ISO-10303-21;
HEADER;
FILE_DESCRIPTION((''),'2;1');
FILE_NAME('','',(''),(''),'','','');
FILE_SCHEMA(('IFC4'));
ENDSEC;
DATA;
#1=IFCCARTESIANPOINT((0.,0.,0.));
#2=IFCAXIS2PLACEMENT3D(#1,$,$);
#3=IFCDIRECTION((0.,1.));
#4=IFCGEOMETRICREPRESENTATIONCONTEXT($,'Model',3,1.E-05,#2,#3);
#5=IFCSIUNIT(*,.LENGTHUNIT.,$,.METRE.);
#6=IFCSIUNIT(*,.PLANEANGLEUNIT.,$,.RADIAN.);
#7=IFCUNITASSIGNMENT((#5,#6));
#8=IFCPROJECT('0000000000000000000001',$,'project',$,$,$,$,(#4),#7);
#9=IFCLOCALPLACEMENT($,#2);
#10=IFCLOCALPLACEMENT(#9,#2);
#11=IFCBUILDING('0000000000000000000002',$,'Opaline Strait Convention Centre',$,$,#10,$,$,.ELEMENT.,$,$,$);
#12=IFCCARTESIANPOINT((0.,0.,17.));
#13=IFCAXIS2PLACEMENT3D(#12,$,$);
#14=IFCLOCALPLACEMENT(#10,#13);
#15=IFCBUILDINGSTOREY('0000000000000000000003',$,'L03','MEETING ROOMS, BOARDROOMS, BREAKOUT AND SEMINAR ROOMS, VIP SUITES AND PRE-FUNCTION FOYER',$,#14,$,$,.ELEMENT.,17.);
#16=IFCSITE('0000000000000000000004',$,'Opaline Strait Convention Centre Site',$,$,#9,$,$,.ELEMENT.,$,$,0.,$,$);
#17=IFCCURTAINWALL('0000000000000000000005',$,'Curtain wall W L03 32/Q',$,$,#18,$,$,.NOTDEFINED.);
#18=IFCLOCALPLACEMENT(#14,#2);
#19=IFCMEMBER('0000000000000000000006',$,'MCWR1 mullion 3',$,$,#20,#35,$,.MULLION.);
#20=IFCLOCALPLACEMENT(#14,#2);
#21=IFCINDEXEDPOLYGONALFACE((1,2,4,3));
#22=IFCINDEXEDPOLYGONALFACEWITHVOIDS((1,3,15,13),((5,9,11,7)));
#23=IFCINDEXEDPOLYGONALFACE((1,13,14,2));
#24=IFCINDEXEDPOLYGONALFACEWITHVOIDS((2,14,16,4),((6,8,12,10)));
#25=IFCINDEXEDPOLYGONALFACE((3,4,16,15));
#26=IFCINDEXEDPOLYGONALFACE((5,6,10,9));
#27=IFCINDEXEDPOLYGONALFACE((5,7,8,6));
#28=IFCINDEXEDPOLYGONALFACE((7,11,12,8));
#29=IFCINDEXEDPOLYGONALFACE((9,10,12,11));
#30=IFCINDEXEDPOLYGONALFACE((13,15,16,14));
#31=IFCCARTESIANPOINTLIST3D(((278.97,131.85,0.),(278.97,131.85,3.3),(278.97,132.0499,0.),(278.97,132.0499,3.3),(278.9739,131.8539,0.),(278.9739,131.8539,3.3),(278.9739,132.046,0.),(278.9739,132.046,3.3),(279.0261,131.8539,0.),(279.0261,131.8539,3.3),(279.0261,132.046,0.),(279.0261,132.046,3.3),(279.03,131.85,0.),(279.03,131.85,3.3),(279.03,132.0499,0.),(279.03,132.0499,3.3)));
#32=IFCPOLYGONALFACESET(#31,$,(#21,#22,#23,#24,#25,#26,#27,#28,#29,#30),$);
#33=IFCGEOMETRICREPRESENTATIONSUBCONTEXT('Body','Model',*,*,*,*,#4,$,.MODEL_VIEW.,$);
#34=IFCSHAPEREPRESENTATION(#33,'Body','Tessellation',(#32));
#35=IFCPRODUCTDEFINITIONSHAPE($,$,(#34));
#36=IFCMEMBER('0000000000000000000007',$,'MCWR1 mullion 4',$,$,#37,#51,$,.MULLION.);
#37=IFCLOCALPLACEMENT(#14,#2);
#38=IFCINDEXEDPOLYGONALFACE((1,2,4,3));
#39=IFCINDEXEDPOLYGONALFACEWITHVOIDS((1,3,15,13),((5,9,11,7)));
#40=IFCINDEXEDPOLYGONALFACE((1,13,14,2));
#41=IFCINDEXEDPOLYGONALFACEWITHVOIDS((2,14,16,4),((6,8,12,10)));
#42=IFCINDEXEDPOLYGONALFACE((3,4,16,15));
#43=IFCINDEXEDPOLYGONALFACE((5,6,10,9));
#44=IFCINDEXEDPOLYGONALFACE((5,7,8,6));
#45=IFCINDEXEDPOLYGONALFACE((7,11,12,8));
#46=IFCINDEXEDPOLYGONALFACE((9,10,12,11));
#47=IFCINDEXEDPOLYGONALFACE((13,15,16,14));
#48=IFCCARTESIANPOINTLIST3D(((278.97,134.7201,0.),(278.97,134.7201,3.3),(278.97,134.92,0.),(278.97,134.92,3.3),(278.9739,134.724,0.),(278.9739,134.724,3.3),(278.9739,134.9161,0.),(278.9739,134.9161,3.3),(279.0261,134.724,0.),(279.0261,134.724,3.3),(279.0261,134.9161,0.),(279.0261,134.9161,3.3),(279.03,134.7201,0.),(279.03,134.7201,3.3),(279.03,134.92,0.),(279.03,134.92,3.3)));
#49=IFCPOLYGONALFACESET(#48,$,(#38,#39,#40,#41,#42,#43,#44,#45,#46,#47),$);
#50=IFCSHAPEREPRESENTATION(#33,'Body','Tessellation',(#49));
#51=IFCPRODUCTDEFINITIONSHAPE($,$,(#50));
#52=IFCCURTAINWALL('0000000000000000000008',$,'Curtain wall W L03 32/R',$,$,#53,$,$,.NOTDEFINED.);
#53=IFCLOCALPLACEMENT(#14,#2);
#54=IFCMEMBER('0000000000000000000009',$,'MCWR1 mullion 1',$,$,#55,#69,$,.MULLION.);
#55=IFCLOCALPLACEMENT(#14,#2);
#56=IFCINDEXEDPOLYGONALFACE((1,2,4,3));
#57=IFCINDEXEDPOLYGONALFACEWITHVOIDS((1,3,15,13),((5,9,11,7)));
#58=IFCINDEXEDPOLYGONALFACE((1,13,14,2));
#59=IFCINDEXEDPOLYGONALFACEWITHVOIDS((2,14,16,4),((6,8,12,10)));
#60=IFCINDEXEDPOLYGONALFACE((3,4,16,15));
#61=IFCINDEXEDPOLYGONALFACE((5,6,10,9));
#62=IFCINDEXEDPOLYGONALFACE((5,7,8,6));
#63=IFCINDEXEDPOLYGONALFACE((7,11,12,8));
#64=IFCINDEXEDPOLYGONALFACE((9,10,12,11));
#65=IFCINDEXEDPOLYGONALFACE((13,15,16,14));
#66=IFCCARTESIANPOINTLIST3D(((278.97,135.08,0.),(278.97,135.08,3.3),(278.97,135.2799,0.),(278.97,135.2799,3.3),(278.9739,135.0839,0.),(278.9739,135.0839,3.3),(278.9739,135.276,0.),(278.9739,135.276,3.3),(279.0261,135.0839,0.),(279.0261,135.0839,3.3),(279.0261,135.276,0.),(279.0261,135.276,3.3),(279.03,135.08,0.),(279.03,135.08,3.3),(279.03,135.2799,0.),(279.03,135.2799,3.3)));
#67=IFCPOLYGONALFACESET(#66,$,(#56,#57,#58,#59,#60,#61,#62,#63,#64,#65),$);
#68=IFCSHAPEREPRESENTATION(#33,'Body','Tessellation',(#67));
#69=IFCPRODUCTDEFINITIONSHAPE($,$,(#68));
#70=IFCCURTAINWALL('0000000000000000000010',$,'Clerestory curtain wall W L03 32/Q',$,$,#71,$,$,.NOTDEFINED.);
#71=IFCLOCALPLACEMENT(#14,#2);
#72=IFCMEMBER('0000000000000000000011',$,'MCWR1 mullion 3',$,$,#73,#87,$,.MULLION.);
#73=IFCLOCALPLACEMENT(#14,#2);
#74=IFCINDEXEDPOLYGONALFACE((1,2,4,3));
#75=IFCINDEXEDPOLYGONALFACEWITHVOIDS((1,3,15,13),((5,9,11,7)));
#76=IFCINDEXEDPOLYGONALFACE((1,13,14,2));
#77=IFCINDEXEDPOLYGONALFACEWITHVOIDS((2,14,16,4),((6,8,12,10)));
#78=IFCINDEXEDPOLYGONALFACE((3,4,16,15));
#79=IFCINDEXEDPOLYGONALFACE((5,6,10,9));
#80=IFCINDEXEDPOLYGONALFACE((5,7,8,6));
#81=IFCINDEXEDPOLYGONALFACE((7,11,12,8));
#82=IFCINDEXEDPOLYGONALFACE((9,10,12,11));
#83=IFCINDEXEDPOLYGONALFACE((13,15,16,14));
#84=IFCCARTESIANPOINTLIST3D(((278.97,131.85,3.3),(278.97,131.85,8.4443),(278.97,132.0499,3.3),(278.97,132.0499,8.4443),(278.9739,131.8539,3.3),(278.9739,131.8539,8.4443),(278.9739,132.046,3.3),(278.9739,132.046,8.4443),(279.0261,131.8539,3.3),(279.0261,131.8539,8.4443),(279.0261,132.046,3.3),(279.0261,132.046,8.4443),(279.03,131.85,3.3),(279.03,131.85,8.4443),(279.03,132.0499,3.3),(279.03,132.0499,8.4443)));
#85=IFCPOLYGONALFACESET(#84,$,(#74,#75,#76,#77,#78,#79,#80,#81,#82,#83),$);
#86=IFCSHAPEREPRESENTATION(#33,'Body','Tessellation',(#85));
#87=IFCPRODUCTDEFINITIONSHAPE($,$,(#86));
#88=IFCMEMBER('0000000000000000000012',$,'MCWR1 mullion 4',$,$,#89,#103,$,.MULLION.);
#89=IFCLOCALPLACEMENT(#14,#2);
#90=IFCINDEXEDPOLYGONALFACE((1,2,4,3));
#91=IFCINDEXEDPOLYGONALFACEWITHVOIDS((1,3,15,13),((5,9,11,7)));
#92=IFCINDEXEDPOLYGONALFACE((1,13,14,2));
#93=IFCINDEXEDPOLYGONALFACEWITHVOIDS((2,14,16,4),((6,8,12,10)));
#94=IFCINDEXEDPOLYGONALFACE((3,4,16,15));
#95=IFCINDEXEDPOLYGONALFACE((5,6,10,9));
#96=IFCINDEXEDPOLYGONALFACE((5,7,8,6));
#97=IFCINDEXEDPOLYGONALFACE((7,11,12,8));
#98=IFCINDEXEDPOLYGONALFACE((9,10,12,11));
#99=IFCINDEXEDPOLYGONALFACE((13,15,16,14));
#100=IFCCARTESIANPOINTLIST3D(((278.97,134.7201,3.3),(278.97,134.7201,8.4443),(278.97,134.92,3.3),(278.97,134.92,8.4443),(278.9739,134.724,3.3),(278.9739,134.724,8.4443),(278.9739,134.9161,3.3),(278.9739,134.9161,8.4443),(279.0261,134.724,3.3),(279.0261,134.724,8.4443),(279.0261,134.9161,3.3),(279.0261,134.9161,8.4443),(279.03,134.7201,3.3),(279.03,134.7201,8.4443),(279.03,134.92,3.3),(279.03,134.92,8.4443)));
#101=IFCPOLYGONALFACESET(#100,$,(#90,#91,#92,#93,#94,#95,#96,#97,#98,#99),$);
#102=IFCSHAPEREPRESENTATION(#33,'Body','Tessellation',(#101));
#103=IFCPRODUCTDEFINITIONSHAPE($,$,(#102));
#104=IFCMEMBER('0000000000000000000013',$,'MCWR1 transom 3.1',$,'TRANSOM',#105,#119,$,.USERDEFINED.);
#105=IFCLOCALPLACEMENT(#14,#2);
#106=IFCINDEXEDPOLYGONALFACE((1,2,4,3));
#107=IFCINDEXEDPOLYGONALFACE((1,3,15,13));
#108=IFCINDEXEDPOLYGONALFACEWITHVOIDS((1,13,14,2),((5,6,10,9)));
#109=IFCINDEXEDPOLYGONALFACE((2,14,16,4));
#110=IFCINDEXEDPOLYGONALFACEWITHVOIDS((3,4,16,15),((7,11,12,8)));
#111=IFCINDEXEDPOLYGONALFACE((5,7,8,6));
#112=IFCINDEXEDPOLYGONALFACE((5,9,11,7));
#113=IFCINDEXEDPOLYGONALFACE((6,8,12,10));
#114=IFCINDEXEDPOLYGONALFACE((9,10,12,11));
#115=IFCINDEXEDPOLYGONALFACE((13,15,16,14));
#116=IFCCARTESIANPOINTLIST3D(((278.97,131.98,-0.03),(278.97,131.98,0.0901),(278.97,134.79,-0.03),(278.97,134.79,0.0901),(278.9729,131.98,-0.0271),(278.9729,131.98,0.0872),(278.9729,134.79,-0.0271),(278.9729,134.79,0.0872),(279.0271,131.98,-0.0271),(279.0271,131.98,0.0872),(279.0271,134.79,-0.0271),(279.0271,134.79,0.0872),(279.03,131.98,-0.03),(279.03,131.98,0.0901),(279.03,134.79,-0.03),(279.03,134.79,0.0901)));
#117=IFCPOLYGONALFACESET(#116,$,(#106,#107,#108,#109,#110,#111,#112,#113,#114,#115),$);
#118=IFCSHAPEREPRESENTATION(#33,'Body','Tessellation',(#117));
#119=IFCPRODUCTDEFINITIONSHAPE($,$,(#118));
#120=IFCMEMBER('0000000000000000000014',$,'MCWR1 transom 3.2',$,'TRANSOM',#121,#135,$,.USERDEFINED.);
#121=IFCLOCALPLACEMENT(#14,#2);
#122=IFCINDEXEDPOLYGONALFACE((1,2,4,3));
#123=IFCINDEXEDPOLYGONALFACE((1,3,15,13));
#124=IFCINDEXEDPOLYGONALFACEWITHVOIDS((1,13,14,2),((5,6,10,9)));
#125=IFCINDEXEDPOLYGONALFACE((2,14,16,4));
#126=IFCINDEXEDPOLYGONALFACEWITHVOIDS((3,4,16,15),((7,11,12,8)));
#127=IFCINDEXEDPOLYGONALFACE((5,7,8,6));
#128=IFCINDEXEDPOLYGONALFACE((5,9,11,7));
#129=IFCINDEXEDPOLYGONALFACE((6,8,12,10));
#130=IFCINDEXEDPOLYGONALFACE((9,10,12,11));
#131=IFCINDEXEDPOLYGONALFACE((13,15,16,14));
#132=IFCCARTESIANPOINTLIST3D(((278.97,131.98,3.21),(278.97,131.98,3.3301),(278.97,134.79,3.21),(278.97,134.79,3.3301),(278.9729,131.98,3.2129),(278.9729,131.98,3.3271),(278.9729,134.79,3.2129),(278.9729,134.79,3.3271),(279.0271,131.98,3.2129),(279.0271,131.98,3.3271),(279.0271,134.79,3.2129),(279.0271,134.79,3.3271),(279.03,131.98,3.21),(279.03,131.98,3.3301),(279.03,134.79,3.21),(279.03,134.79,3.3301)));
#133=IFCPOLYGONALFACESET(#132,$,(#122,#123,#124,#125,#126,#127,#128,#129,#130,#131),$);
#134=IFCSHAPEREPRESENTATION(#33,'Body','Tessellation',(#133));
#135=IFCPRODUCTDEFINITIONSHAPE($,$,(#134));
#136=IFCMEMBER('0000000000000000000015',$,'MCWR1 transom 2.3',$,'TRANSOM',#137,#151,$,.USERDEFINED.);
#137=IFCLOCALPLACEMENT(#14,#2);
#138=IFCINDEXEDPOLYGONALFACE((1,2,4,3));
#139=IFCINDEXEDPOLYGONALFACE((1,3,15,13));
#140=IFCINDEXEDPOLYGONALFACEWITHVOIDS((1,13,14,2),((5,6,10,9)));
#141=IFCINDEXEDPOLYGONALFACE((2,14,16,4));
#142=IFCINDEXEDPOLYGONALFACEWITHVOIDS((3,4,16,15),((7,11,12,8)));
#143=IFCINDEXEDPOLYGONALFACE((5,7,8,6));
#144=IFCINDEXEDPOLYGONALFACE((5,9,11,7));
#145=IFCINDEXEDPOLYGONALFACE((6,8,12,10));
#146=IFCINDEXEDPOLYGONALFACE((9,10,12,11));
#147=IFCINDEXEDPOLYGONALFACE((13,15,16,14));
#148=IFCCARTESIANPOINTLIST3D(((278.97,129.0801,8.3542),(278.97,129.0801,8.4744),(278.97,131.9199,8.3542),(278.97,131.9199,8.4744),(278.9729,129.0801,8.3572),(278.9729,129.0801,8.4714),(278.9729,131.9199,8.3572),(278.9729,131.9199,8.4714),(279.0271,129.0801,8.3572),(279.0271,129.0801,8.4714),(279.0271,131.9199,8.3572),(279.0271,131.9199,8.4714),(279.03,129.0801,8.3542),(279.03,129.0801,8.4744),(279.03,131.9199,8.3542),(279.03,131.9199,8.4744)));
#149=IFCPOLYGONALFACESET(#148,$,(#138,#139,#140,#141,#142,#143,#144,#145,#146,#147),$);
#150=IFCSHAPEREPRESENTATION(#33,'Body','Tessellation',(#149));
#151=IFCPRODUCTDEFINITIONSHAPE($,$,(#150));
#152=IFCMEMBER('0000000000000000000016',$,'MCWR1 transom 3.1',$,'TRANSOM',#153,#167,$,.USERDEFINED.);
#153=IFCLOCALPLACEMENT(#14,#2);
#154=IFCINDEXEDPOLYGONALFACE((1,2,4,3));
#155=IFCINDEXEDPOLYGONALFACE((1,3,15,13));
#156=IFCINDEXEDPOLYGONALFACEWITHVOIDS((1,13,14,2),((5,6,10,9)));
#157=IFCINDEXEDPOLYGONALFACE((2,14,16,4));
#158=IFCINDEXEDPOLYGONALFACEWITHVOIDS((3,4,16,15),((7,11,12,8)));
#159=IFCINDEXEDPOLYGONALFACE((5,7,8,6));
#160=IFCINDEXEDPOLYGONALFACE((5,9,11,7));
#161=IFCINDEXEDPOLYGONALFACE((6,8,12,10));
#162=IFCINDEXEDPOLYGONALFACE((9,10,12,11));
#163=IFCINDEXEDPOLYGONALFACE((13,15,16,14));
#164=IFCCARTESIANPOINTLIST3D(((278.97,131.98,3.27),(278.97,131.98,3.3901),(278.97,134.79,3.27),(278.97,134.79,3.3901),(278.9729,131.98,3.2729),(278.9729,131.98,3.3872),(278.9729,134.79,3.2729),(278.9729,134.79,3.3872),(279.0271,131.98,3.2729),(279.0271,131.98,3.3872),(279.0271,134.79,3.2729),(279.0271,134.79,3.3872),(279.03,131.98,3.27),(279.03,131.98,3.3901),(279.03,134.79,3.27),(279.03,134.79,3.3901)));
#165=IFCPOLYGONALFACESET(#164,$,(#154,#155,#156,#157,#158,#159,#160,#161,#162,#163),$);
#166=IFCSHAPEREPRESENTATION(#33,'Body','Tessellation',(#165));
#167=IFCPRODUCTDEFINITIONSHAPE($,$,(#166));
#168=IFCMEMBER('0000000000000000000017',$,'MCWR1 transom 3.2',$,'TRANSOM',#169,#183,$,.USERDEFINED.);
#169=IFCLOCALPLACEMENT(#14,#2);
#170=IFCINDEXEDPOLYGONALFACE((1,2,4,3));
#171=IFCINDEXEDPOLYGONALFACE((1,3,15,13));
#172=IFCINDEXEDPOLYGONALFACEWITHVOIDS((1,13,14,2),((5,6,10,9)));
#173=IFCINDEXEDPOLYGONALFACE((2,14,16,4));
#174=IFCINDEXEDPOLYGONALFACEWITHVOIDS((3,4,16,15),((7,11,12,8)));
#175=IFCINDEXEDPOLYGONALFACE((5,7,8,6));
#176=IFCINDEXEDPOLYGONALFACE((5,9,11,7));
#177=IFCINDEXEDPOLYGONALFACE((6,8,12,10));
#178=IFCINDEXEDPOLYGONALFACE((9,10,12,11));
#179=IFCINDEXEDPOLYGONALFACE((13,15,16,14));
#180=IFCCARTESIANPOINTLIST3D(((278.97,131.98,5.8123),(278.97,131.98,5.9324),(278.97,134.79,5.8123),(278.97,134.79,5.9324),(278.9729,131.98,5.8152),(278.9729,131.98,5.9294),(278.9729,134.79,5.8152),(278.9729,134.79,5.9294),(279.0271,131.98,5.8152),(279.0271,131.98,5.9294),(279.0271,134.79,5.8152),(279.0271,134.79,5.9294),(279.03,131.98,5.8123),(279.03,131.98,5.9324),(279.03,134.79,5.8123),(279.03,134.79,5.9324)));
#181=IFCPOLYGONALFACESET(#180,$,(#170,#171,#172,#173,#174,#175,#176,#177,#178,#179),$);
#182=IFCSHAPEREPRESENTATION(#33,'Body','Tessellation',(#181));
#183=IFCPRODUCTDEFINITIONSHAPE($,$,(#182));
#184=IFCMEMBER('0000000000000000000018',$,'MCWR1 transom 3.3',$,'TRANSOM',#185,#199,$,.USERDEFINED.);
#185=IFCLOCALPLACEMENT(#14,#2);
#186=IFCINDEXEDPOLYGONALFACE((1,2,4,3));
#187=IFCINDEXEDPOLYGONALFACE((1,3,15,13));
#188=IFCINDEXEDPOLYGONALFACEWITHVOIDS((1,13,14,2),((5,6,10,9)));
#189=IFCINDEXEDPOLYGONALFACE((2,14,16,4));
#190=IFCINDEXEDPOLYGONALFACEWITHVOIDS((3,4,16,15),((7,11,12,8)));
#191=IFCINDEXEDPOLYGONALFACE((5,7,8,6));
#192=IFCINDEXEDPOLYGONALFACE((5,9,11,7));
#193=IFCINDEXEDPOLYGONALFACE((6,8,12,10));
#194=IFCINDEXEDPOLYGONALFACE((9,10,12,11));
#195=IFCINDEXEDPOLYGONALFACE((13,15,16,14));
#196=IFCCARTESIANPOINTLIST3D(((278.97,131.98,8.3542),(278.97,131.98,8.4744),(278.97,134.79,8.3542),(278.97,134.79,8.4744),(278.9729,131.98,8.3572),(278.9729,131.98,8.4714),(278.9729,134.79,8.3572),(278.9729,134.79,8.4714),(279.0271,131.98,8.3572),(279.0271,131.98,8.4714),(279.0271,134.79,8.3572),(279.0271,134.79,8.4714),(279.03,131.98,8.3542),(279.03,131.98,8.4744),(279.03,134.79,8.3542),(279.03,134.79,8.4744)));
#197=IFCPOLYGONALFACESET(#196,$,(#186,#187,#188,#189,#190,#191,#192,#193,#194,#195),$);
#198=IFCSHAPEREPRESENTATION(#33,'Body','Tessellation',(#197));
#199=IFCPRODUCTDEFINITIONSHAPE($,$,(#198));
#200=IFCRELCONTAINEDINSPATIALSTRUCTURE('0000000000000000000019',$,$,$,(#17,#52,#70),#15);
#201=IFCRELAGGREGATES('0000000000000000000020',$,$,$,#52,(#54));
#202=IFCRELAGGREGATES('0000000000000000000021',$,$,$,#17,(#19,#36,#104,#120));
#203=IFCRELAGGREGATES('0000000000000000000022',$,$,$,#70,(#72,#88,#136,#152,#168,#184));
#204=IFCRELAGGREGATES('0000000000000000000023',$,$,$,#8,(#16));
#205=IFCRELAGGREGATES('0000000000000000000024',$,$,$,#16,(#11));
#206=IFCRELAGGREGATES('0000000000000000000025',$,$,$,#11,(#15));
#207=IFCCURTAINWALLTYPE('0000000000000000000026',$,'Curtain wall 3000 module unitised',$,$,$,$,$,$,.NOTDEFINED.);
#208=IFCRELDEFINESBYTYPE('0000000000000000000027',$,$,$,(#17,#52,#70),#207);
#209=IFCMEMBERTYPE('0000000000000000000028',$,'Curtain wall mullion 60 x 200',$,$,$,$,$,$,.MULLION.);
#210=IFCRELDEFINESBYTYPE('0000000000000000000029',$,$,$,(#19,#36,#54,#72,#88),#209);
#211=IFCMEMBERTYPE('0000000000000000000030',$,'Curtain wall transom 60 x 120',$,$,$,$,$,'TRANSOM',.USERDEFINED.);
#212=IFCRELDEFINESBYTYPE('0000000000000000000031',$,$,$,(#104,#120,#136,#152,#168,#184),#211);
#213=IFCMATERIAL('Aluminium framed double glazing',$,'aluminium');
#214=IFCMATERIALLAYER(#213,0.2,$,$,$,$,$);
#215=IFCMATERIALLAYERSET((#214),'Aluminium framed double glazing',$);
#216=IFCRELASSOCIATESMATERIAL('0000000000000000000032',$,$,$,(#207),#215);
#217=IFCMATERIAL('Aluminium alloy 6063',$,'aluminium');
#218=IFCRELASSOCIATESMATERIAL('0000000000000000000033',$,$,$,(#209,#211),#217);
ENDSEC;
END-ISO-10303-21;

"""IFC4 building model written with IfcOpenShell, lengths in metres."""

from ifc_helpers import new_model, si_unit, direction, frame, origin, origin_2d, place, context, subcontext, project, spatial, hollow_rectangle, extrude, material, layer, layer_set, material_profile, profile_set, type_object, element, aggregate, save


model = new_model("IFC4")

# Units and contexts
model_context = context("Model", 3, precision=1e-05, world=origin(), true_north=direction((0.0, 1.0)))
body_context = subcontext(model_context, "Body", "Model", "MODEL_VIEW")
ifc_project = project(units=[si_unit("LENGTHUNIT", "METRE"), si_unit("PLANEANGLEUNIT", "RADIAN")], contexts=[model_context])

# Site, building, storey
site_placement = place(None, origin())
site = spatial("IfcSite", under=ifc_project, at=site_placement, Name="Opaline Strait Convention Centre Site", CompositionType="ELEMENT", RefElevation=0.0)
building_placement = place(site_placement, origin())
building = spatial("IfcBuilding", under=site, at=building_placement, Name="Opaline Strait Convention Centre", CompositionType="ELEMENT")
storey_placement = place(building_placement, frame((0.0, 0.0, 17.0)))
storey = spatial("IfcBuildingStorey", under=building, at=storey_placement, Name="L03", Description="MEETING ROOMS, BOARDROOMS, BREAKOUT AND SEMINAR ROOMS, VIP SUITES AND PRE-FUNCTION FOYER", CompositionType="ELEMENT", Elevation=17.0)

# Curtain wall, members
ifc_material_1 = material(Name="Aluminium framed double glazing", Category="aluminium")
ifc_layer_1 = layer(ifc_material_1, 0.2)
ifc_layer_set_1 = layer_set([ifc_layer_1], Name="Aluminium framed double glazing")
curtain_wall_type = type_object("IfcCurtainWallType", Name="Curtain wall 3000 module unitised", PredefinedType="NOTDEFINED", material=ifc_layer_set_1)
curtain_wall_1_placement = place(storey_placement, origin())
curtain_wall_1 = element("IfcCurtainWall", 1, at=curtain_wall_1_placement, inside=storey, type_object=curtain_wall_type, Name="Curtain wall W L03 32/Q", PredefinedType="NOTDEFINED")
ifc_material_2 = material(Name="Aluminium alloy 6063", Category="aluminium")
ifc_material_profile_1 = material_profile(ifc_material_2, hollow_rectangle(XDim=0.0601, YDim=0.2, WallThickness=0.0039, at=origin_2d()), Name="MULLION 60x200x4")
ifc_profile_set_1 = profile_set([ifc_material_profile_1], Name="Aluminium alloy 6063")
member_type_1 = type_object("IfcMemberType", Name="Curtain wall mullion 60 x 200", PredefinedType="MULLION", material=ifc_profile_set_1)
member_1_placement = place(storey_placement, frame((279.0, 131.95, 0.0), z_axis=(0.0, 0.0, 1.0), x_axis=(-1.0, 0.0, 0.0)))
member_1 = element("IfcMember", 2, at=member_1_placement, type_object=member_type_1, Name="MCWR1 mullion 3", PredefinedType="MULLION", context=body_context, shape_type="SweptSolid", body=[
    extrude(hollow_rectangle(XDim=0.0601, YDim=0.2, WallThickness=0.0039, at=origin_2d()), origin(), (0.0, 0.0, 1.0), 3.3),
])
member_2_placement = place(storey_placement, frame((279.0, 134.8201, 0.0), z_axis=(0.0, 0.0, 1.0), x_axis=(-1.0, 0.0, 0.0)))
member_2 = element("IfcMember", 3, at=member_2_placement, type_object=member_type_1, Name="MCWR1 mullion 4", PredefinedType="MULLION", context=body_context, shape_type="SweptSolid", body=[
    extrude(hollow_rectangle(XDim=0.0601, YDim=0.2, WallThickness=0.0039, at=origin_2d()), origin(), (0.0, 0.0, 1.0), 3.3),
])

# Curtain wall, member
curtain_wall_2_placement = place(storey_placement, origin())
curtain_wall_2 = element("IfcCurtainWall", 4, at=curtain_wall_2_placement, inside=storey, type_object=curtain_wall_type, Name="Curtain wall W L03 32/R", PredefinedType="NOTDEFINED")
member_3_placement = place(storey_placement, frame((279.0, 135.1799, 0.0), z_axis=(0.0, 0.0, 1.0), x_axis=(-1.0, 0.0, 0.0)))
member_3 = element("IfcMember", 5, at=member_3_placement, type_object=member_type_1, Name="MCWR1 mullion 1", PredefinedType="MULLION", context=body_context, shape_type="SweptSolid", body=[
    extrude(hollow_rectangle(XDim=0.0601, YDim=0.2, WallThickness=0.0039, at=origin_2d()), origin(), (0.0, 0.0, 1.0), 3.3),
])
aggregate(curtain_wall_2, [member_3])

# Curtain wall, members
curtain_wall_3_placement = place(storey_placement, origin())
curtain_wall_3 = element("IfcCurtainWall", 6, at=curtain_wall_3_placement, inside=storey, type_object=curtain_wall_type, Name="Clerestory curtain wall W L03 32/Q", PredefinedType="NOTDEFINED")
member_4_placement = place(storey_placement, frame((279.0, 131.95, 3.3), z_axis=(0.0, 0.0, 1.0), x_axis=(-1.0, 0.0, 0.0)))
member_4 = element("IfcMember", 7, at=member_4_placement, type_object=member_type_1, Name="MCWR1 mullion 3", PredefinedType="MULLION", context=body_context, shape_type="SweptSolid", body=[
    extrude(hollow_rectangle(XDim=0.0601, YDim=0.2, WallThickness=0.0039, at=origin_2d()), origin(), (0.0, 0.0, 1.0), 5.1443),
])
member_5_placement = place(storey_placement, frame((279.0, 134.8201, 3.3), z_axis=(0.0, 0.0, 1.0), x_axis=(-1.0, 0.0, 0.0)))
member_5 = element("IfcMember", 8, at=member_5_placement, type_object=member_type_1, Name="MCWR1 mullion 4", PredefinedType="MULLION", context=body_context, shape_type="SweptSolid", body=[
    extrude(hollow_rectangle(XDim=0.0601, YDim=0.2, WallThickness=0.0039, at=origin_2d()), origin(), (0.0, 0.0, 1.0), 5.1443),
])

# Members
ifc_material_profile_2 = material_profile(ifc_material_2, hollow_rectangle(XDim=0.0601, YDim=0.1201, WallThickness=0.0029, at=origin_2d()), Name="TRANSOM 60x120x3")
ifc_profile_set_2 = profile_set([ifc_material_profile_2], Name="Aluminium alloy 6063")
member_type_2 = type_object("IfcMemberType", Name="Curtain wall transom 60 x 120", ElementType="TRANSOM", PredefinedType="USERDEFINED", material=ifc_profile_set_2)
member_6_placement = place(storey_placement, frame((279.0, 131.98, 0.03), z_axis=(0.0, 1.0, 0.0), x_axis=(-1.0, 0.0, 0.0)))
member_6 = element("IfcMember", 9, at=member_6_placement, type_object=member_type_2, Name="MCWR1 transom 3.1", ObjectType="TRANSOM", PredefinedType="USERDEFINED", context=body_context, shape_type="SweptSolid", body=[
    extrude(hollow_rectangle(XDim=0.0601, YDim=0.1201, WallThickness=0.0029, at=origin_2d()), origin(), (0.0, 0.0, 1.0), 2.8101),
])
member_7_placement = place(storey_placement, frame((279.0, 131.98, 3.27), z_axis=(0.0, 1.0, 0.0), x_axis=(-1.0, 0.0, 0.0)))
member_7 = element("IfcMember", 10, at=member_7_placement, type_object=member_type_2, Name="MCWR1 transom 3.2", ObjectType="TRANSOM", PredefinedType="USERDEFINED", context=body_context, shape_type="SweptSolid", body=[
    extrude(hollow_rectangle(XDim=0.0601, YDim=0.1201, WallThickness=0.0029, at=origin_2d()), origin(), (0.0, 0.0, 1.0), 2.8101),
])
member_8_placement = place(storey_placement, frame((279.0, 129.0801, 8.4143), z_axis=(0.0, 1.0, 0.0), x_axis=(-1.0, 0.0, 0.0)))
member_8 = element("IfcMember", 11, at=member_8_placement, type_object=member_type_2, Name="MCWR1 transom 2.3", ObjectType="TRANSOM", PredefinedType="USERDEFINED", context=body_context, shape_type="SweptSolid", body=[
    extrude(hollow_rectangle(XDim=0.0601, YDim=0.1201, WallThickness=0.0029, at=origin_2d()), origin(), (0.0, 0.0, 1.0), 2.8398),
])
member_9_placement = place(storey_placement, frame((279.0, 131.98, 3.3301), z_axis=(0.0, 1.0, 0.0), x_axis=(-1.0, 0.0, 0.0)))
member_9 = element("IfcMember", 12, at=member_9_placement, type_object=member_type_2, Name="MCWR1 transom 3.1", ObjectType="TRANSOM", PredefinedType="USERDEFINED", context=body_context, shape_type="SweptSolid", body=[
    extrude(hollow_rectangle(XDim=0.0601, YDim=0.1201, WallThickness=0.0029, at=origin_2d()), origin(), (0.0, 0.0, 1.0), 2.8101),
])
member_10_placement = place(storey_placement, frame((279.0, 131.98, 5.8723), z_axis=(0.0, 1.0, 0.0), x_axis=(-1.0, 0.0, 0.0)))
member_10 = element("IfcMember", 13, at=member_10_placement, type_object=member_type_2, Name="MCWR1 transom 3.2", ObjectType="TRANSOM", PredefinedType="USERDEFINED", context=body_context, shape_type="SweptSolid", body=[
    extrude(hollow_rectangle(XDim=0.0601, YDim=0.1201, WallThickness=0.0029, at=origin_2d()), origin(), (0.0, 0.0, 1.0), 2.8101),
])
member_11_placement = place(storey_placement, frame((279.0, 131.98, 8.4143), z_axis=(0.0, 1.0, 0.0), x_axis=(-1.0, 0.0, 0.0)))
member_11 = element("IfcMember", 14, at=member_11_placement, type_object=member_type_2, Name="MCWR1 transom 3.3", ObjectType="TRANSOM", PredefinedType="USERDEFINED", context=body_context, shape_type="SweptSolid", body=[
    extrude(hollow_rectangle(XDim=0.0601, YDim=0.1201, WallThickness=0.0029, at=origin_2d()), origin(), (0.0, 0.0, 1.0), 2.8101),
])

aggregate(curtain_wall_1, [member_1, member_2, member_6, member_7])
aggregate(curtain_wall_3, [member_4, member_5, member_8, member_9, member_10, member_11])

save(model, "model.ifc")
